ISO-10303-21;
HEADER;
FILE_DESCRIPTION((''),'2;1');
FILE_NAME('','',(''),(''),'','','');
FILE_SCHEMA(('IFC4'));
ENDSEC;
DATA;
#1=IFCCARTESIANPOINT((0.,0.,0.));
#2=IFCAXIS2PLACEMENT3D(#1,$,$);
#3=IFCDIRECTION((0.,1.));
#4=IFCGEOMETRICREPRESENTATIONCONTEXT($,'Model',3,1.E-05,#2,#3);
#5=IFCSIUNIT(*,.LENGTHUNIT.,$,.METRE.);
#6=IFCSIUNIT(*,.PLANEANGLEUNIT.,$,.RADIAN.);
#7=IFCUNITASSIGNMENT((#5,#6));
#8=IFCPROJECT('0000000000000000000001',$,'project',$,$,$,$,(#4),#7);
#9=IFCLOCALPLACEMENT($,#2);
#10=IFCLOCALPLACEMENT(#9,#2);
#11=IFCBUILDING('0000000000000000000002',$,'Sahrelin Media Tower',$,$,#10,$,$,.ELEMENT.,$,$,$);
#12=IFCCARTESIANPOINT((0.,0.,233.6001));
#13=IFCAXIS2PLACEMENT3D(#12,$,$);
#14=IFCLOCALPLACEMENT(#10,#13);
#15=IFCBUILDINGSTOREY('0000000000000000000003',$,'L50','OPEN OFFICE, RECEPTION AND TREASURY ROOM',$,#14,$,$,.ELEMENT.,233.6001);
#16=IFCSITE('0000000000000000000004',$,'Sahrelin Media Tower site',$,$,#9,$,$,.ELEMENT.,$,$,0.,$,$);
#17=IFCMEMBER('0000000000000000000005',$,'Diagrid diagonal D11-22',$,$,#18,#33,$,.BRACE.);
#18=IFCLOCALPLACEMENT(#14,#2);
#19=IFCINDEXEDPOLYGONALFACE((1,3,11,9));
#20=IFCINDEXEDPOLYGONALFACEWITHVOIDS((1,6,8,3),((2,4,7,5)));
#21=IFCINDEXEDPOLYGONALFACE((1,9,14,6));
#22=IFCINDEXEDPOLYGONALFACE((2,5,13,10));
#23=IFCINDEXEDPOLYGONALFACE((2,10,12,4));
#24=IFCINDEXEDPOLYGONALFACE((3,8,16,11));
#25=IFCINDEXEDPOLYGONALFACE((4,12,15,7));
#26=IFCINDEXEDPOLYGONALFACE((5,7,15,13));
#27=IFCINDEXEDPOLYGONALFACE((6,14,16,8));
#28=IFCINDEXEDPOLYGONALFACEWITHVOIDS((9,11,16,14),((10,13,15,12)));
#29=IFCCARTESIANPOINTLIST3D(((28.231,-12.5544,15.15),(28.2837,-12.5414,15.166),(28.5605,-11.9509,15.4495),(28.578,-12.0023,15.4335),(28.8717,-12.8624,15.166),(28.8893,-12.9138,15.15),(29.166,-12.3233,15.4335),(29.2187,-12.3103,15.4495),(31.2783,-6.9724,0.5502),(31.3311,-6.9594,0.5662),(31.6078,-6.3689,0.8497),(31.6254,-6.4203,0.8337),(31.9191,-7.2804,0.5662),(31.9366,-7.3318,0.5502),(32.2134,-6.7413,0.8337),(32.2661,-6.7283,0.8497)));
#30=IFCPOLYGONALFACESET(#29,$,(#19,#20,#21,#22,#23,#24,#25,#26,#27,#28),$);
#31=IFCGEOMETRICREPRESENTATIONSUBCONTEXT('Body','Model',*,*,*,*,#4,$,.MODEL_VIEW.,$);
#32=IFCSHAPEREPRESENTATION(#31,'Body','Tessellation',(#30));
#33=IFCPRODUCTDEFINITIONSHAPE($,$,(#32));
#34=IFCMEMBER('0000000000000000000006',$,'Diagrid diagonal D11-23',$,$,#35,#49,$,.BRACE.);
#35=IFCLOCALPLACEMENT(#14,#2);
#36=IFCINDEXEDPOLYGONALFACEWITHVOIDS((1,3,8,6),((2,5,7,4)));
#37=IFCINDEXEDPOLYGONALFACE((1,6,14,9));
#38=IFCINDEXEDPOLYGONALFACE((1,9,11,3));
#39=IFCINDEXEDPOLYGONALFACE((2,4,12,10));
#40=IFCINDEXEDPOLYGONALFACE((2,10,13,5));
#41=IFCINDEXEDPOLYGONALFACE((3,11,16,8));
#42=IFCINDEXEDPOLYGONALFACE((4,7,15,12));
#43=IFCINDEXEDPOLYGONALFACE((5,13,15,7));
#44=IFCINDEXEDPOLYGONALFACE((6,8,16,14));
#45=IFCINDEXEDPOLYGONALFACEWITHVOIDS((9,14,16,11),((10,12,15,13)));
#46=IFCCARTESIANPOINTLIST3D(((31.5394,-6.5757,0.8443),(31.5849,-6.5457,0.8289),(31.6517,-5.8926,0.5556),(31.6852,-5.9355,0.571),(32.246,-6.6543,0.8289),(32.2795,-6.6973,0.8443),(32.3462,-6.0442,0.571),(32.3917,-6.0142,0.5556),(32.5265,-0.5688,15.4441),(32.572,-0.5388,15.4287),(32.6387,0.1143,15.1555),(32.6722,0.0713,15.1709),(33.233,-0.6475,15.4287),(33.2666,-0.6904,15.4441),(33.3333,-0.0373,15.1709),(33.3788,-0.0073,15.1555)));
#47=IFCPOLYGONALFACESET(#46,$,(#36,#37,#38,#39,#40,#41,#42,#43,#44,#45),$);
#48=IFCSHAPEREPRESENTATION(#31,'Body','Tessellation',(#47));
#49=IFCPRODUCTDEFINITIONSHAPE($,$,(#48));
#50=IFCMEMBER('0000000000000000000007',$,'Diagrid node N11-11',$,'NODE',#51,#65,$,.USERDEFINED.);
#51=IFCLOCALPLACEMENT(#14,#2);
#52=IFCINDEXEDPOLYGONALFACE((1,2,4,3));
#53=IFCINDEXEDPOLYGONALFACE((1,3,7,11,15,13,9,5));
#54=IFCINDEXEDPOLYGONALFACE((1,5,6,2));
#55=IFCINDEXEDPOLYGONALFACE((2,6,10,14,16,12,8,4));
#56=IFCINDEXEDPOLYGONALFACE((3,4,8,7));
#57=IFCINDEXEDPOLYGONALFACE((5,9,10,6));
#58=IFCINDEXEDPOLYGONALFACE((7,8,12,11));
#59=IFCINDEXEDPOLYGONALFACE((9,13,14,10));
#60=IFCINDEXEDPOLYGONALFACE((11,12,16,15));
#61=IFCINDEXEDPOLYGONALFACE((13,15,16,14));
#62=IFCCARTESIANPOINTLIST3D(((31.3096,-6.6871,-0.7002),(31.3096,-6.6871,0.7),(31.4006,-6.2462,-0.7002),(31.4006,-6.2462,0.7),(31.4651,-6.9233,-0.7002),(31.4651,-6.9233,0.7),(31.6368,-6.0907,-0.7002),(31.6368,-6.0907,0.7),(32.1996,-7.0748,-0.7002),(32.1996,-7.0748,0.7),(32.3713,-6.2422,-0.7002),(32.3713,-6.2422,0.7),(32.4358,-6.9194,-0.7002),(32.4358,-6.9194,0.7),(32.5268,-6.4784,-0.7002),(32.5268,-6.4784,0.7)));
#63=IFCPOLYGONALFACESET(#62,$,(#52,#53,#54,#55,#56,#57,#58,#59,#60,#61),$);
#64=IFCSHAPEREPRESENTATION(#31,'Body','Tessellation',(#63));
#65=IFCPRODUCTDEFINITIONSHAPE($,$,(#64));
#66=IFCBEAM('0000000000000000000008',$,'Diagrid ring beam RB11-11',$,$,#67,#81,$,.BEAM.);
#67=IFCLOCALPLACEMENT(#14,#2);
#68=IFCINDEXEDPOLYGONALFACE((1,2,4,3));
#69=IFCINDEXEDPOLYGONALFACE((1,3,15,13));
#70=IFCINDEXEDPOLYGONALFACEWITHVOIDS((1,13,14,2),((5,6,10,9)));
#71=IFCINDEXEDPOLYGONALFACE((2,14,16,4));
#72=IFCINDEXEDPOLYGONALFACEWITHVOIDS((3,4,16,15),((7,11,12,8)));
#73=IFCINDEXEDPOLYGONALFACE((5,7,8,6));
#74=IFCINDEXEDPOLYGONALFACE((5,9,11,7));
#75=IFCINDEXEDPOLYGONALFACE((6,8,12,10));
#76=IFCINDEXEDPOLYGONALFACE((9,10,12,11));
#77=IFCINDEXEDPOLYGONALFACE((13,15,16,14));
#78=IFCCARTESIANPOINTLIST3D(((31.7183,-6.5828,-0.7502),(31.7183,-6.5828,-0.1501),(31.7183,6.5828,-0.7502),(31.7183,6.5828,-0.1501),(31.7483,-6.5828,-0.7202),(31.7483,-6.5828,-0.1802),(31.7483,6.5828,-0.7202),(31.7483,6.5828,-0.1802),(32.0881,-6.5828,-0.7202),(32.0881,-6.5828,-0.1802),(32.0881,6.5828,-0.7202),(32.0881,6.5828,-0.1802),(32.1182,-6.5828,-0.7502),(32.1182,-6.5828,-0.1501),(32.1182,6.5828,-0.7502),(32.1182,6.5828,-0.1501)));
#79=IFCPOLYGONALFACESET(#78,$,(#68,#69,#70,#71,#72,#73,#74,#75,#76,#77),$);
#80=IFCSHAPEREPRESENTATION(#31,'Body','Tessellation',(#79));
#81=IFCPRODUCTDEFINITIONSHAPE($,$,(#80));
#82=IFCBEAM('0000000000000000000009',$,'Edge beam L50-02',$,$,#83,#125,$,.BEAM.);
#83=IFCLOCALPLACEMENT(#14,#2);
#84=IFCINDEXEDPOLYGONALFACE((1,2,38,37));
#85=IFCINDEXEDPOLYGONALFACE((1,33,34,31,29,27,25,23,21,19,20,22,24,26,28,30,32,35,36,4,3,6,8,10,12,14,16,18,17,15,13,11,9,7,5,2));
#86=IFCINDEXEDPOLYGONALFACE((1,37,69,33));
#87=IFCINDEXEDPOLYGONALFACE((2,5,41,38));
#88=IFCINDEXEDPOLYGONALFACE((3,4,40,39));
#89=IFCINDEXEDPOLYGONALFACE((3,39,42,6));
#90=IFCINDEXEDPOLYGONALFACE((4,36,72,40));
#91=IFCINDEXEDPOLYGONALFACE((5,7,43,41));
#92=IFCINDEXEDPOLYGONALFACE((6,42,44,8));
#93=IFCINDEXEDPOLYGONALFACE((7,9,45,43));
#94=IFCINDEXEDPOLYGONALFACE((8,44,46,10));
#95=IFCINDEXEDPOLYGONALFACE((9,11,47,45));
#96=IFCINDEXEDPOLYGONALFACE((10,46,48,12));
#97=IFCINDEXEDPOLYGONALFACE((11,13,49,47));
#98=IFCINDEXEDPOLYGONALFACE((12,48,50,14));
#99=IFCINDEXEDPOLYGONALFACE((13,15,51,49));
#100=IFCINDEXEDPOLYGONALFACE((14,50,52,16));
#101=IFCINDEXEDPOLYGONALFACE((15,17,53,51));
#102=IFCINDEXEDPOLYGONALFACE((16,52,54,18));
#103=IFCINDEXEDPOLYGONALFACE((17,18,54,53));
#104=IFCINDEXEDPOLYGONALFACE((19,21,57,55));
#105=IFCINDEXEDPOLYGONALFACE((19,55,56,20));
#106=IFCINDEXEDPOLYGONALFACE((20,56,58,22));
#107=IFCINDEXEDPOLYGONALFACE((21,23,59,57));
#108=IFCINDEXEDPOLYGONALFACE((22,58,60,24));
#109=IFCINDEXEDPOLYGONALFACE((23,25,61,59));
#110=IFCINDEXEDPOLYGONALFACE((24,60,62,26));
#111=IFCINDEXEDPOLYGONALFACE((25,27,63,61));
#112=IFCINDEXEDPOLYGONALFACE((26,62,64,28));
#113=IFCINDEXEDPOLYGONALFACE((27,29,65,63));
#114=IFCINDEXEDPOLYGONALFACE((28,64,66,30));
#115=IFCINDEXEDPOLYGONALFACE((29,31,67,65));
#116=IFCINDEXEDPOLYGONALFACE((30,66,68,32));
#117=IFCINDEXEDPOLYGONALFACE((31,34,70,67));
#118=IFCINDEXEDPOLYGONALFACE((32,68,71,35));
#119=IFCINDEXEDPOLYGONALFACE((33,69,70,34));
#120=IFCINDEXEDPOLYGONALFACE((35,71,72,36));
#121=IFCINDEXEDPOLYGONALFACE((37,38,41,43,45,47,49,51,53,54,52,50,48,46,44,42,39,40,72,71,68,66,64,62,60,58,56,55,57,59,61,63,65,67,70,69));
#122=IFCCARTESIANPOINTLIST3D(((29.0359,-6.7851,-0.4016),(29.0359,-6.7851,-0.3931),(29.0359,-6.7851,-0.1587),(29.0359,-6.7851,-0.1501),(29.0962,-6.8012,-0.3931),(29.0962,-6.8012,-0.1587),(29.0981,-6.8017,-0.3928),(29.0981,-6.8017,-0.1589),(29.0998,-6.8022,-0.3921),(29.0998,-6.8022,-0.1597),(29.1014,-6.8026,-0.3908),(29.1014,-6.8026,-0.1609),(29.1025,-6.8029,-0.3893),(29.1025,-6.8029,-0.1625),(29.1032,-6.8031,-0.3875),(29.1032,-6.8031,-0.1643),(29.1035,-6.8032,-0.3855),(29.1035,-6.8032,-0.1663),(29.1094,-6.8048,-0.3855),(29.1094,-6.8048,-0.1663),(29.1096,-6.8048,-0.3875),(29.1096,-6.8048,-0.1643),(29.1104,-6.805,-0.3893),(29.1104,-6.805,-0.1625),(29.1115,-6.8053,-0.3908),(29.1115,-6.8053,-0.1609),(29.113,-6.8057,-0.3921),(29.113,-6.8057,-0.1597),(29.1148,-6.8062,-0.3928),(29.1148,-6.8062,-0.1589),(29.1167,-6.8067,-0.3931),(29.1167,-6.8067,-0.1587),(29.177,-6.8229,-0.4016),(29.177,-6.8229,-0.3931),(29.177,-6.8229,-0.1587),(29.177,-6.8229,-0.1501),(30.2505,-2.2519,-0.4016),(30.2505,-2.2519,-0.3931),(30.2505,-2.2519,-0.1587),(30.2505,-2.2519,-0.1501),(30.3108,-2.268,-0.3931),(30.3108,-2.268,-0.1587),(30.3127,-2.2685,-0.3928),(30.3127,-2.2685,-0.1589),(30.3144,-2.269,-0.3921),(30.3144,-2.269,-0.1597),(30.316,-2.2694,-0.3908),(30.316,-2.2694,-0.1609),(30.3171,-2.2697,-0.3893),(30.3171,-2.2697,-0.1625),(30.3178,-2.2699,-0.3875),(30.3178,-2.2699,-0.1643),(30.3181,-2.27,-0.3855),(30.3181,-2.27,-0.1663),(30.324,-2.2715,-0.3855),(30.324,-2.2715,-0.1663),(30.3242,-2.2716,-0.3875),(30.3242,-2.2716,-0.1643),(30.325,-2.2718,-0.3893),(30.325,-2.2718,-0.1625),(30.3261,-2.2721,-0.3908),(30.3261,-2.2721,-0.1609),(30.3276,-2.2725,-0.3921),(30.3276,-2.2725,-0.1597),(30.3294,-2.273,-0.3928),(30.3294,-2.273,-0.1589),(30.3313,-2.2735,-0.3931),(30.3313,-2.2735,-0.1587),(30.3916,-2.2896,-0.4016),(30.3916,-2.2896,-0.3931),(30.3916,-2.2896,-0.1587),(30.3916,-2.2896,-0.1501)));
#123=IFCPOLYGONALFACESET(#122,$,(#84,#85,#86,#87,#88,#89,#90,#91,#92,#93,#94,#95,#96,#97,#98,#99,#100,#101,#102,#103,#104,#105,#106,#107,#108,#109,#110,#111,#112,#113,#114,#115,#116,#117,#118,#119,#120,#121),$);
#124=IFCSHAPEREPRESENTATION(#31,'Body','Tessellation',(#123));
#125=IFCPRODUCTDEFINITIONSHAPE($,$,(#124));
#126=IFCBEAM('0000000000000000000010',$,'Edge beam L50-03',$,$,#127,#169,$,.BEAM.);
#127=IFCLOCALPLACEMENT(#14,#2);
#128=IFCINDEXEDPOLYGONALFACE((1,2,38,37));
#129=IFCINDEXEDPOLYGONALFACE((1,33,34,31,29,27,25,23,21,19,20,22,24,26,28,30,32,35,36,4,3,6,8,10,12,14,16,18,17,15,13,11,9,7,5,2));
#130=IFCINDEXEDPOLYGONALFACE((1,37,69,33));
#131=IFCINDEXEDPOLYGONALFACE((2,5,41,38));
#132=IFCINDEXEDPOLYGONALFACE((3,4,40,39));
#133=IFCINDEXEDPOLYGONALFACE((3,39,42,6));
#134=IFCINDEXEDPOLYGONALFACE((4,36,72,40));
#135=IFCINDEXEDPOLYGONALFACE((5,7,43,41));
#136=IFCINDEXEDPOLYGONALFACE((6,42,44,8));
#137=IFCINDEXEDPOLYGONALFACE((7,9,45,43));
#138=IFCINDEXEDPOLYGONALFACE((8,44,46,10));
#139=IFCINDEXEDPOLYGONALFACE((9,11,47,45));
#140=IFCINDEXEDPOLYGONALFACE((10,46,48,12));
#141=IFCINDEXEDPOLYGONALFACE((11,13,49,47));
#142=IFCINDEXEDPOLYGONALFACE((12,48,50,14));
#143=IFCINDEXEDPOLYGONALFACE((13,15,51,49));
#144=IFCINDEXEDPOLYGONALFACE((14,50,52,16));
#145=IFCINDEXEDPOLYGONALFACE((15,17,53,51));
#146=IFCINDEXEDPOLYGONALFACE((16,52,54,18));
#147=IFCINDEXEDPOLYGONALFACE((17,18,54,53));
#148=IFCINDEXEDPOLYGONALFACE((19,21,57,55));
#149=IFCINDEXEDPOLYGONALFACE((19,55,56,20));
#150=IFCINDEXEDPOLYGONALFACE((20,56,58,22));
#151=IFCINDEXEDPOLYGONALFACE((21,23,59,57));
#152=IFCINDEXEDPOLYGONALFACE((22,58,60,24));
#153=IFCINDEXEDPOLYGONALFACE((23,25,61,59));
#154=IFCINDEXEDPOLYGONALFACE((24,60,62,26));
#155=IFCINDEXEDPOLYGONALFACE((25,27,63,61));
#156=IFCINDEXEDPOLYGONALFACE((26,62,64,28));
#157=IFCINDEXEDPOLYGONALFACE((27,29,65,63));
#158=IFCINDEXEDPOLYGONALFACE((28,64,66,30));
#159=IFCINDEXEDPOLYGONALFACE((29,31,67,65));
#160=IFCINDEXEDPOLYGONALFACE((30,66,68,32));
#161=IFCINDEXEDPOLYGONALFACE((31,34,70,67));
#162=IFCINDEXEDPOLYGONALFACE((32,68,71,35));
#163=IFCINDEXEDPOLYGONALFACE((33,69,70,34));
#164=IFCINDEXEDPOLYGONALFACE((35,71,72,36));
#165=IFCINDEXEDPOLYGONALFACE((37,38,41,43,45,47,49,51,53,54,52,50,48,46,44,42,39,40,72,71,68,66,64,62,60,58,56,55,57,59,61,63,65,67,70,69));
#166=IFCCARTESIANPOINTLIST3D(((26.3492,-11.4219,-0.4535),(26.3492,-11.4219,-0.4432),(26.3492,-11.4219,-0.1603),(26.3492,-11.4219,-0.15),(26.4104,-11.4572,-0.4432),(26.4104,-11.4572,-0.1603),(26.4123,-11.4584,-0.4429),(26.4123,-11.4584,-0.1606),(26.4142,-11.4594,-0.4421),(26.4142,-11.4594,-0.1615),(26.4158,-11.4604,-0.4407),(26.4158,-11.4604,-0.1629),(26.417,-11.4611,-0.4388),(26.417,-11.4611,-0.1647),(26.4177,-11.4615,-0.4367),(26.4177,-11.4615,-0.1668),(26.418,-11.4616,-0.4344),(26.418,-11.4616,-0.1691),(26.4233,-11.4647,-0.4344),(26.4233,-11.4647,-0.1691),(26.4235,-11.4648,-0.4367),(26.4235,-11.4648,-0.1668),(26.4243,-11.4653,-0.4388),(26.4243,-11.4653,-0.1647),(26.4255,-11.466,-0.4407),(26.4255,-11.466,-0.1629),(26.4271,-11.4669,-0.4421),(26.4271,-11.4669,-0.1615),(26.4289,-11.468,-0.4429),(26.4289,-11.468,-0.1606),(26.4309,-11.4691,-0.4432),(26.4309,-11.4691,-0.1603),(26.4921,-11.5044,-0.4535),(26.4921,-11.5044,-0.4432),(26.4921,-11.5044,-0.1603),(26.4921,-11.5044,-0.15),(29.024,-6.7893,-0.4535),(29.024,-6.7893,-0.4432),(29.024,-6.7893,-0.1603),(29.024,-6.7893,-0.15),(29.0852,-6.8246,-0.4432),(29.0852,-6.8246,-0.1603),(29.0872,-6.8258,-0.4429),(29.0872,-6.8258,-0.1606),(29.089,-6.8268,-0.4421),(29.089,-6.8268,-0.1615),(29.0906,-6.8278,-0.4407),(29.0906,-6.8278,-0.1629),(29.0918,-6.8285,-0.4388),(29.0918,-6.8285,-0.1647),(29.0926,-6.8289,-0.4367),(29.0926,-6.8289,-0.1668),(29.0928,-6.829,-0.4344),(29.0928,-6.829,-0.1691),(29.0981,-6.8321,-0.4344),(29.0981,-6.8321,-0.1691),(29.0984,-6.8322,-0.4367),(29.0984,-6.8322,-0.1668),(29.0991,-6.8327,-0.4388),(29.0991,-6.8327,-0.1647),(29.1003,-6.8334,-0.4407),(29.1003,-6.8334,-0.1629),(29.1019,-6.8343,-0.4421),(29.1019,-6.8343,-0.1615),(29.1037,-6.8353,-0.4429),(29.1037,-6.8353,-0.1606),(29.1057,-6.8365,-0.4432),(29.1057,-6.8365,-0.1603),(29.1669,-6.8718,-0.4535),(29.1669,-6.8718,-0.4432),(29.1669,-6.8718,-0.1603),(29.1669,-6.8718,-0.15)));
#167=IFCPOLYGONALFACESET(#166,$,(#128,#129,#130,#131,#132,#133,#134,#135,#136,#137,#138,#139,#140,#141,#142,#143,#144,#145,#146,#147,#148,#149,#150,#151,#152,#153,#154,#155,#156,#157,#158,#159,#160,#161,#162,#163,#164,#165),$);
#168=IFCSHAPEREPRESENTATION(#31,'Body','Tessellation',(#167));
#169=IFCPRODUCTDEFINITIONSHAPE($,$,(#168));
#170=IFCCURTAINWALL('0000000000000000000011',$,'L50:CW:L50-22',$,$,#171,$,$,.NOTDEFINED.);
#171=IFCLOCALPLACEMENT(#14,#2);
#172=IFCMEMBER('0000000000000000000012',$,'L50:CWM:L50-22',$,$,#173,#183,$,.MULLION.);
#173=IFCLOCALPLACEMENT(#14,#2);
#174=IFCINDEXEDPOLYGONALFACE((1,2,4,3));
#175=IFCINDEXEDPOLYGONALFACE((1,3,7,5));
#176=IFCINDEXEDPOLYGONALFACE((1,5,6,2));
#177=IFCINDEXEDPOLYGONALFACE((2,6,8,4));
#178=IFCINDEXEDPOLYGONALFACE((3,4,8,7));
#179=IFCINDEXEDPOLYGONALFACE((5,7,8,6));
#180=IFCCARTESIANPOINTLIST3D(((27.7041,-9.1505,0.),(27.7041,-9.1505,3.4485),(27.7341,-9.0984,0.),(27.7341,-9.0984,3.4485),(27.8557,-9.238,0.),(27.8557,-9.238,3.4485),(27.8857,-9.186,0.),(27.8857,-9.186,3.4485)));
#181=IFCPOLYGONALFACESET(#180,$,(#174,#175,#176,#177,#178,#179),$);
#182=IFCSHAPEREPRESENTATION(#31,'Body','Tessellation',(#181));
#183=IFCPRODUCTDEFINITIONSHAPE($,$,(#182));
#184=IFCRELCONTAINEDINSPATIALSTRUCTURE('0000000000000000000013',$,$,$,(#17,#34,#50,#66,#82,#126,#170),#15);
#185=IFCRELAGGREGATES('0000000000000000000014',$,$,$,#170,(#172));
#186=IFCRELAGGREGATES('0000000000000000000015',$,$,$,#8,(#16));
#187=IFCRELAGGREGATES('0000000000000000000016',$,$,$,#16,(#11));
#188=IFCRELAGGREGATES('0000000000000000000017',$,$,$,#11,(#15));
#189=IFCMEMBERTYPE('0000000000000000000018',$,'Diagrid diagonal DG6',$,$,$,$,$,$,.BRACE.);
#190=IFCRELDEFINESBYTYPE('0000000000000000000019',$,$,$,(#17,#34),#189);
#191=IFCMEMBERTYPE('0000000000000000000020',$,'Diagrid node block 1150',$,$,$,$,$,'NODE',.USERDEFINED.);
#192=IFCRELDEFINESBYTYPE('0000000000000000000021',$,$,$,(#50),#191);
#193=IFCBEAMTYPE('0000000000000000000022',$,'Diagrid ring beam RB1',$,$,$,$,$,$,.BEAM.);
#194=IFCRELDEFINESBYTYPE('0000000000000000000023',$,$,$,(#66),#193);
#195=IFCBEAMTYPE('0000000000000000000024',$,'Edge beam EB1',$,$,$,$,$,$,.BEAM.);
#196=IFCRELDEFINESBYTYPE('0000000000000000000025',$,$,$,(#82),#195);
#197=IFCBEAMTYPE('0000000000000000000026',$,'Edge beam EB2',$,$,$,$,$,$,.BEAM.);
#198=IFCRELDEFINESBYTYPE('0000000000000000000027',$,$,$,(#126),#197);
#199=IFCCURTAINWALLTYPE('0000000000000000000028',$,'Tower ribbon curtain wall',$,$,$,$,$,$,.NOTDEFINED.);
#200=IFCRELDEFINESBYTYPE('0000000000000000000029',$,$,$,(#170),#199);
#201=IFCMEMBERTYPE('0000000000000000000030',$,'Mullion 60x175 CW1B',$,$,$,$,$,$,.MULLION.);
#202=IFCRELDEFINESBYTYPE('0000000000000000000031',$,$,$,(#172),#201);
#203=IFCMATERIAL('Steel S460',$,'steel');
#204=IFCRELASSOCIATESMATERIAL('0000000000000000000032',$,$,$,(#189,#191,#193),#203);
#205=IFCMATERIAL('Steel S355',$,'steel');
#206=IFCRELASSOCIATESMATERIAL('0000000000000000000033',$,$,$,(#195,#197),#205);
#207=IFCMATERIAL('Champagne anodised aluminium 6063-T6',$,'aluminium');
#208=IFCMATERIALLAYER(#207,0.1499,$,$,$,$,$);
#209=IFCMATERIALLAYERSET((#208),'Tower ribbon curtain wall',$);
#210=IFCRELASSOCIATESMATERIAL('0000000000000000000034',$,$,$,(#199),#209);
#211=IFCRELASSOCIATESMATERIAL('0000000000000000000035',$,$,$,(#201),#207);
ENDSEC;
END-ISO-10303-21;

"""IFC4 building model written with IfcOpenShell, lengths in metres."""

from ifc_helpers import new_model, si_unit, direction, frame, origin, origin_2d, place, context, subcontext, project, spatial, polyline, rectangle, hollow_rectangle, i_section, outline, extrude, material, layer, layer_set, material_profile, profile_set, type_object, element, aggregate, save


model = new_model("IFC4")

# Units and contexts
model_context = context("Model", 3, precision=1e-05, world=origin(), true_north=direction((0.0, 1.0)))
body_context = subcontext(model_context, "Body", "Model", "MODEL_VIEW")
ifc_project = project(units=[si_unit("LENGTHUNIT", "METRE"), si_unit("PLANEANGLEUNIT", "RADIAN")], contexts=[model_context])

# Site, building, storey
site_placement = place(None, origin())
site = spatial("IfcSite", under=ifc_project, at=site_placement, Name="Sahrelin Media Tower site", CompositionType="ELEMENT", RefElevation=0.0)
building_placement = place(site_placement, origin())
building = spatial("IfcBuilding", under=site, at=building_placement, Name="Sahrelin Media Tower", CompositionType="ELEMENT")
storey_placement = place(building_placement, frame((0.0, 0.0, 233.6001)))
storey = spatial("IfcBuildingStorey", under=building, at=storey_placement, Name="L50", Description="OPEN OFFICE, RECEPTION AND TREASURY ROOM", CompositionType="ELEMENT", Elevation=233.6001)

# Members
ifc_material_1 = material(Name="Steel S460", Category="steel")
ifc_material_profile_1 = material_profile(ifc_material_1, hollow_rectangle(XDim=0.75, YDim=0.75, WallThickness=0.04, at=origin_2d()), Name="Diagrid diagonal DG6")
ifc_profile_set_1 = profile_set([ifc_material_profile_1], Name="Steel S460")
member_type_1 = type_object("IfcMemberType", Name="Diagrid diagonal DG6", PredefinedType="BRACE", material=ifc_profile_set_1)
member_1_placement = place(storey_placement, frame((31.7722, -6.8503, 0.7), z_axis=(-0.191359, -0.350523, 0.916796), x_axis=(0.877722, -0.479169, 0.0)))
element("IfcMember", 1, at=member_1_placement, inside=storey, type_object=member_type_1, Name="Diagrid diagonal D11-22", PredefinedType="BRACE", context=body_context, shape_type="SweptSolid", body=[
    extrude(hollow_rectangle(XDim=0.75, YDim=0.75, WallThickness=0.04, at=origin_2d()), origin(), (0.0, 0.0, 1.0), 15.9248),
])
member_2_placement = place(storey_placement, frame((31.9656, -6.2949, 0.7), z_axis=(0.062401, 0.379745, 0.922984), x_axis=(-0.986766, 0.162148, 0.0)))
element("IfcMember", 2, at=member_2_placement, inside=storey, type_object=member_type_1, Name="Diagrid diagonal D11-23", PredefinedType="BRACE", context=body_context, shape_type="SweptSolid", body=[
    extrude(hollow_rectangle(XDim=0.75, YDim=0.75, WallThickness=0.04, at=origin_2d()), origin(), (0.0, 0.0, 1.0), 15.8181),
])
ifc_material_profile_2 = material_profile(ifc_material_1, outline(polyline([(0.375, -0.425), (0.575, -0.2251), (0.575, 0.2251), (0.375, 0.425), (-0.375, 0.425), (-0.575, 0.2251), (-0.575, -0.2251), (-0.375, -0.425), (0.375, -0.425)])), Name="Diagrid node block 1150")
ifc_profile_set_2 = profile_set([ifc_material_profile_2], Name="Steel S460")
member_type_2 = type_object("IfcMemberType", Name="Diagrid node block 1150", ElementType="NODE", PredefinedType="USERDEFINED", material=ifc_profile_set_2)
member_3_placement = place(storey_placement, frame((31.9182, -6.5828, -0.7002), z_axis=(0.0, 0.0, 1.0), x_axis=(0.979388, -0.201989, 0.0)))
element("IfcMember", 3, at=member_3_placement, inside=storey, type_object=member_type_2, Name="Diagrid node N11-11", ObjectType="NODE", PredefinedType="USERDEFINED", context=body_context, shape_type="SweptSolid", body=[
    extrude(outline(polyline([(0.375, -0.425), (0.575, -0.2251), (0.575, 0.2251), (0.375, 0.425), (-0.375, 0.425), (-0.575, 0.2251), (-0.575, -0.2251), (-0.375, -0.425), (0.375, -0.425)])), origin(), (0.0, 0.0, 1.0), 1.4001),
])

# Beams
ifc_material_profile_3 = material_profile(ifc_material_1, hollow_rectangle(XDim=0.3999, YDim=0.6001, WallThickness=0.03, at=origin_2d()), Name="Diagrid ring beam RB1")
ifc_profile_set_3 = profile_set([ifc_material_profile_3], Name="Steel S460")
beam_type_1 = type_object("IfcBeamType", Name="Diagrid ring beam RB1", PredefinedType="BEAM", material=ifc_profile_set_3)
beam_1_placement = place(storey_placement, frame((31.9182, -6.5828, -0.4502), z_axis=(0.0, 1.0, 0.0), x_axis=(-1.0, 0.0, 0.0)))
element("IfcBeam", 4, at=beam_1_placement, inside=storey, type_object=beam_type_1, Name="Diagrid ring beam RB11-11", PredefinedType="BEAM", context=body_context, shape_type="SweptSolid", body=[
    extrude(hollow_rectangle(XDim=0.3999, YDim=0.6001, WallThickness=0.03, at=origin_2d()), origin(), (0.0, 0.0, 1.0), 13.1655),
])
ifc_material_2 = material(Name="Steel S355", Category="steel")
ifc_material_profile_4 = material_profile(ifc_material_2, i_section(OverallWidth=0.146, OverallDepth=0.2515, WebThickness=0.0061, FlangeThickness=0.0085, FilletRadius=0.0076, at=origin_2d()), Name="UB 254x146x31")
ifc_profile_set_4 = profile_set([ifc_material_profile_4], Name="Steel S355")
beam_type_2 = type_object("IfcBeamType", Name="Edge beam EB1", PredefinedType="BEAM", material=ifc_profile_set_4)
beam_2_placement = place(storey_placement, frame((30.321, -2.2708, -0.2759), z_axis=(-0.258805, -0.965929, 0.0), x_axis=(0.965929, -0.258805, 0.0)))
element("IfcBeam", 5, at=beam_2_placement, inside=storey, type_object=beam_type_2, Name="Edge beam L50-02", PredefinedType="BEAM", context=body_context, shape_type="SweptSolid", body=[
    extrude(i_section(OverallWidth=0.146, OverallDepth=0.2515, WebThickness=0.0061, FlangeThickness=0.0085, FilletRadius=0.0076, at=origin_2d()), origin(), (0.0, 0.0, 1.0), 4.6931),
])
ifc_material_profile_5 = material_profile(ifc_material_2, i_section(OverallWidth=0.165, OverallDepth=0.3035, WebThickness=0.0061, FlangeThickness=0.0103, FilletRadius=0.0088, at=origin_2d()), Name="UB 305x165x40")
ifc_profile_set_5 = profile_set([ifc_material_profile_5], Name="Steel S355")
beam_type_3 = type_object("IfcBeamType", Name="Edge beam EB2", PredefinedType="BEAM", material=ifc_profile_set_5)
beam_3_placement = place(storey_placement, frame((29.0955, -6.8306, -0.3018), z_axis=(-0.500027, -0.86601, 0.0), x_axis=(0.86601, -0.500027, 0.0)))
element("IfcBeam", 6, at=beam_3_placement, inside=storey, type_object=beam_type_3, Name="Edge beam L50-03", PredefinedType="BEAM", context=body_context, shape_type="SweptSolid", body=[
    extrude(i_section(OverallWidth=0.165, OverallDepth=0.3035, WebThickness=0.0061, FlangeThickness=0.0103, FilletRadius=0.0088, at=origin_2d()), origin(), (0.0, 0.0, 1.0), 5.3494),
])

# Curtain wall, member
ifc_material_3 = material(Name="Champagne anodised aluminium 6063-T6", Category="aluminium")
ifc_layer_1 = layer(ifc_material_3, 0.1499)
ifc_layer_set_1 = layer_set([ifc_layer_1], Name="Tower ribbon curtain wall")
curtain_wall_type = type_object("IfcCurtainWallType", Name="Tower ribbon curtain wall", PredefinedType="NOTDEFINED", material=ifc_layer_set_1)
curtain_wall_1_placement = place(storey_placement, frame((27.8879, -9.2219, 0.0), z_axis=(0.0, 0.0, 1.0), x_axis=(1.0, 0.0, 0.0)))
curtain_wall_1 = element("IfcCurtainWall", 7, at=curtain_wall_1_placement, inside=storey, type_object=curtain_wall_type, Name="L50:CW:L50-22", PredefinedType="NOTDEFINED")
ifc_material_profile_6 = material_profile(ifc_material_3, rectangle(XDim=0.0601, YDim=0.175, at=origin_2d()), Name="Mullion 60x175")
ifc_profile_set_6 = profile_set([ifc_material_profile_6], Name="Champagne anodised aluminium 6063-T6")
member_type_3 = type_object("IfcMemberType", Name="Mullion 60x175 CW1B", PredefinedType="MULLION", material=ifc_profile_set_6)
member_4_placement = place(storey_placement, frame((27.7949, -9.1682, 0.0), z_axis=(0.0, 0.0, 1.0), x_axis=(0.500002, 0.866025, 0.0)))
member_4 = element("IfcMember", 8, at=member_4_placement, type_object=member_type_3, Name="L50:CWM:L50-22", PredefinedType="MULLION", context=body_context, shape_type="SweptSolid", body=[
    extrude(rectangle(XDim=0.0601, YDim=0.175, at=origin_2d()), origin(), (0.0, 0.0, 1.0), 3.4485),
])
aggregate(curtain_wall_1, [member_4])

save(model, "model.ifc")
